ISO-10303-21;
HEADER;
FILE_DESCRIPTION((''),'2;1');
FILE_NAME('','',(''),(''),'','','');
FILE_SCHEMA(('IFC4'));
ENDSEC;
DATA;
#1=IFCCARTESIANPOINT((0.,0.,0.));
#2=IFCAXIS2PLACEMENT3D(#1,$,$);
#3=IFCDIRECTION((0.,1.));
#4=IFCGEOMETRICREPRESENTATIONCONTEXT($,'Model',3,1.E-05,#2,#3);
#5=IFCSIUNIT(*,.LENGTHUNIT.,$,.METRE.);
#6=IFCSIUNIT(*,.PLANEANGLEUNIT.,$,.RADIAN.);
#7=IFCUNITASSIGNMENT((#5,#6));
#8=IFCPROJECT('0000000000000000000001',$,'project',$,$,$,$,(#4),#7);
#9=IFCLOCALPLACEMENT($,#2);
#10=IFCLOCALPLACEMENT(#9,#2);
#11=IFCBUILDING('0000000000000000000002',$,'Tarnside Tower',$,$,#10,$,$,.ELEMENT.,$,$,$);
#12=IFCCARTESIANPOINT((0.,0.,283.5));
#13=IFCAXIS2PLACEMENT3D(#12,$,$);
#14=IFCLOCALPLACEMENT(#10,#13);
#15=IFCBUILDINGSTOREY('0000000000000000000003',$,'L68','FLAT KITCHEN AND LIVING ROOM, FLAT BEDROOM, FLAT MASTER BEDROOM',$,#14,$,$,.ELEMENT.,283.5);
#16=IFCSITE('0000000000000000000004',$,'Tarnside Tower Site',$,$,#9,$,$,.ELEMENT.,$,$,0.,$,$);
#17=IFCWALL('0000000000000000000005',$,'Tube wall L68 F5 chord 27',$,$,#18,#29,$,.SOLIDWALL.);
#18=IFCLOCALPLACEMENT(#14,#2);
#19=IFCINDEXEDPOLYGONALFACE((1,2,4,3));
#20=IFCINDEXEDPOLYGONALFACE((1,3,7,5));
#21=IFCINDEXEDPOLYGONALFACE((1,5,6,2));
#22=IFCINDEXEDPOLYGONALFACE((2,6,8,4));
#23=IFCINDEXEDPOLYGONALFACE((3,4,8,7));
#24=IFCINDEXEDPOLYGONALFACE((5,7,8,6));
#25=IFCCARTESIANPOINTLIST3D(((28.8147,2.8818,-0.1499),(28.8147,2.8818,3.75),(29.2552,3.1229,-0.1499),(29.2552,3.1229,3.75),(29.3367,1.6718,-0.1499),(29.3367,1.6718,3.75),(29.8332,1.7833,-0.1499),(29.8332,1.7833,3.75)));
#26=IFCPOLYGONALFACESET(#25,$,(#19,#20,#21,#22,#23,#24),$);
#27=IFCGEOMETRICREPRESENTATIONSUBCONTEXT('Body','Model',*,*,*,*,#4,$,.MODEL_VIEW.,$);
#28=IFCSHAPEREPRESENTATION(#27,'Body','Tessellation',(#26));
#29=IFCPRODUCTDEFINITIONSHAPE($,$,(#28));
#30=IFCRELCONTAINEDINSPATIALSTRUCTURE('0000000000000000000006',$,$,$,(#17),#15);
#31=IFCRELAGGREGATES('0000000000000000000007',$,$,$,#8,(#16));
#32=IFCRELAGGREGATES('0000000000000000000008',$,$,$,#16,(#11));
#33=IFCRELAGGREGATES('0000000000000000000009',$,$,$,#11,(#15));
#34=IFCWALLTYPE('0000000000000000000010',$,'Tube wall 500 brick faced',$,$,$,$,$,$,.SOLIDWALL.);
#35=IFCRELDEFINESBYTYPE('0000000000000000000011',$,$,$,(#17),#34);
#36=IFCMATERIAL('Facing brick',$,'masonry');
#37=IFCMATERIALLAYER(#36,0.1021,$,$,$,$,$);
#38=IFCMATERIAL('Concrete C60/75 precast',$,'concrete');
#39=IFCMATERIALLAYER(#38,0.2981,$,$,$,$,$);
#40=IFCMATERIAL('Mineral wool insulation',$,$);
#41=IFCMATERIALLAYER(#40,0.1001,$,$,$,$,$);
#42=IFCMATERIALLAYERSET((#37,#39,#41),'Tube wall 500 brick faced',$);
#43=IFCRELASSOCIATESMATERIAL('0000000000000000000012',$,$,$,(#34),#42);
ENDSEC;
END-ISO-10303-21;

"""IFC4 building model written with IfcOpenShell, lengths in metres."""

from ifc_helpers import new_model, si_unit, direction, frame, origin, place, context, subcontext, project, spatial, polyline, outline, extrude, material, layer, layer_set, type_object, element, save


model = new_model("IFC4")

# Units and contexts
model_context = context("Model", 3, precision=1e-05, world=origin(), true_north=direction((0.0, 1.0)))
body_context = subcontext(model_context, "Body", "Model", "MODEL_VIEW")
ifc_project = project(units=[si_unit("LENGTHUNIT", "METRE"), si_unit("PLANEANGLEUNIT", "RADIAN")], contexts=[model_context])

# Site, building, storey
site_placement = place(None, origin())
site = spatial("IfcSite", under=ifc_project, at=site_placement, Name="Tarnside Tower Site", CompositionType="ELEMENT", RefElevation=0.0)
building_placement = place(site_placement, origin())
building = spatial("IfcBuilding", under=site, at=building_placement, Name="Tarnside Tower", CompositionType="ELEMENT")
storey_placement = place(building_placement, frame((0.0, 0.0, 283.5)))
storey = spatial("IfcBuildingStorey", under=building, at=storey_placement, Name="L68", Description="FLAT KITCHEN AND LIVING ROOM, FLAT BEDROOM, FLAT MASTER BEDROOM", CompositionType="ELEMENT", Elevation=283.5)

# Shared definitions
ifc_material_1 = material(Name="Concrete C60/75 precast", Category="concrete")
ifc_material_2 = material(Name="Mineral wool insulation")

# Wall
ifc_material_3 = material(Name="Facing brick", Category="masonry")
ifc_layer_1 = layer(ifc_material_3, 0.1021)
ifc_layer_2 = layer(ifc_material_1, 0.2981)
ifc_layer_3 = layer(ifc_material_2, 0.1001)
ifc_layer_set_1 = layer_set([ifc_layer_1, ifc_layer_2, ifc_layer_3], Name="Tube wall 500 brick faced")
wall_type_1 = type_object("IfcWallType", Name="Tube wall 500 brick faced", PredefinedType="SOLIDWALL", material=ifc_layer_set_1)
wall_1_placement = place(storey_placement, frame((29.585, 1.7275, -0.1499), z_axis=(0.0, 0.0, 1.0), x_axis=(-0.396146, 0.918187, 0.0)))
element("IfcWall", 1, at=wall_1_placement, inside=storey, type_object=wall_type_1, Name="Tube wall L68 F5 chord 27", PredefinedType="SOLIDWALL", context=body_context, shape_type="SweptSolid", body=[
    extrude(outline(polyline([(-0.0471, -0.25), (1.4119, -0.25), (1.365, 0.25), (0.0471, 0.25), (-0.0471, -0.25)])), origin(), (0.0, 0.0, 1.0), 3.8999),
])

save(model, "model.ifc")
